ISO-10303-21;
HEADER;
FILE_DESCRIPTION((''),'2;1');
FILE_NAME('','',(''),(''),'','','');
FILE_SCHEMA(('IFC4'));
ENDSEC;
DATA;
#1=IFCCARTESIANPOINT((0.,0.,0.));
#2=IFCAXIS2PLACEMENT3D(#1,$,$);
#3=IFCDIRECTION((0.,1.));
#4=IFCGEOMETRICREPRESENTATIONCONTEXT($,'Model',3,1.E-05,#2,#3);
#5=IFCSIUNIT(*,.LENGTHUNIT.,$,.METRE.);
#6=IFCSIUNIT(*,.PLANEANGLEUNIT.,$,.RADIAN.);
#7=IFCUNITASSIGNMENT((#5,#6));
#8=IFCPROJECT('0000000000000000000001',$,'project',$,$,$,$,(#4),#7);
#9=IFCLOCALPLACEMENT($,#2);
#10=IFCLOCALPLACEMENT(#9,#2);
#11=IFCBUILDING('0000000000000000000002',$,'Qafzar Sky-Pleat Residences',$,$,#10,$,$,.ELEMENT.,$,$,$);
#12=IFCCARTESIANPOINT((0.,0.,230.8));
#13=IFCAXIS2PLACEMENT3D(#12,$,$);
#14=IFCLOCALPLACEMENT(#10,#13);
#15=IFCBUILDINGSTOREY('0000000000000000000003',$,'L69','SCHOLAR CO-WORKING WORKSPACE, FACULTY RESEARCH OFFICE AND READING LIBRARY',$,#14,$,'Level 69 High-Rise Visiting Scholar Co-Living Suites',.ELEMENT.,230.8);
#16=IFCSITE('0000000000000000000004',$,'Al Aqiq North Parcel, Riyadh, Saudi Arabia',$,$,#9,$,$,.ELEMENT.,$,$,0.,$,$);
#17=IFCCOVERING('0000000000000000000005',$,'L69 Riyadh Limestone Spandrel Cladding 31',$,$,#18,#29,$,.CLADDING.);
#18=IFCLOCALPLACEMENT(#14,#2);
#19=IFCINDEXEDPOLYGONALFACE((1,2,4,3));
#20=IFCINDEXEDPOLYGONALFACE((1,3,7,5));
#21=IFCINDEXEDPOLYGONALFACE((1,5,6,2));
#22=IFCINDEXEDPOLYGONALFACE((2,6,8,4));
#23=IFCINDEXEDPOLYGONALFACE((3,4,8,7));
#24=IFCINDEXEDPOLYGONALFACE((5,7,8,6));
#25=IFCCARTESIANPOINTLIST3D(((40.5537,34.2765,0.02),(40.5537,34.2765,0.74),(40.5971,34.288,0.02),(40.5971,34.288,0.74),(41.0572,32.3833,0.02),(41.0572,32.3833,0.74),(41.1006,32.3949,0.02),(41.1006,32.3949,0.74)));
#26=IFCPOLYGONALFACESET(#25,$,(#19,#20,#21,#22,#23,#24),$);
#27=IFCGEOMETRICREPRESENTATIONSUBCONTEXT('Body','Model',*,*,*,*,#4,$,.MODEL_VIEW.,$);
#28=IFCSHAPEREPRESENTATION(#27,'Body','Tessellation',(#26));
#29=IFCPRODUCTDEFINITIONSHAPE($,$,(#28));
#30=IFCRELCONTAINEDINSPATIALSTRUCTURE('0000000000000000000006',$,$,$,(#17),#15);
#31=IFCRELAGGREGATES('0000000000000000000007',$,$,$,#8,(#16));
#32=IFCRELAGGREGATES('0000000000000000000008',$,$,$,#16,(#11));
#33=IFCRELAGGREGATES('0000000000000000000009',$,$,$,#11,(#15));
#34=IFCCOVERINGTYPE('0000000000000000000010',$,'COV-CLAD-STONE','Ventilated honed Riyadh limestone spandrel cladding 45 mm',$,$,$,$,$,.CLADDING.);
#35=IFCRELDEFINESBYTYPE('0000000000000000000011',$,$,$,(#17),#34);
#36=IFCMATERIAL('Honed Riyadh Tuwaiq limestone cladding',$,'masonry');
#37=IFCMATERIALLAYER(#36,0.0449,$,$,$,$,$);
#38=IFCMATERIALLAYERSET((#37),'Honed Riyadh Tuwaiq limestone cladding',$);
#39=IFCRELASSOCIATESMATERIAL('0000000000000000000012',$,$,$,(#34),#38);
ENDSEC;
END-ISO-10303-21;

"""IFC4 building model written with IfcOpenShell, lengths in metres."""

from ifc_helpers import new_model, si_unit, direction, frame, origin, origin_2d, place, context, subcontext, project, spatial, rectangle, extrude, source, transform, mapped, material, layer, layer_set, type_object, element, save


model = new_model("IFC4")

# Units and contexts
model_context = context("Model", 3, precision=1e-05, world=origin(), true_north=direction((0.0, 1.0)))
body_context = subcontext(model_context, "Body", "Model", "MODEL_VIEW")
ifc_project = project(units=[si_unit("LENGTHUNIT", "METRE"), si_unit("PLANEANGLEUNIT", "RADIAN")], contexts=[model_context])

# Site, building, storey
site_placement = place(None, origin())
site = spatial("IfcSite", under=ifc_project, at=site_placement, Name="Al Aqiq North Parcel, Riyadh, Saudi Arabia", CompositionType="ELEMENT", RefElevation=0.0)
building_placement = place(site_placement, origin())
building = spatial("IfcBuilding", under=site, at=building_placement, Name="Qafzar Sky-Pleat Residences", CompositionType="ELEMENT")
storey_placement = place(building_placement, frame((0.0, 0.0, 230.8)))
storey = spatial("IfcBuildingStorey", under=building, at=storey_placement, Name="L69", Description="SCHOLAR CO-WORKING WORKSPACE, FACULTY RESEARCH OFFICE AND READING LIBRARY", LongName="Level 69 High-Rise Visiting Scholar Co-Living Suites", CompositionType="ELEMENT", Elevation=230.8)

# Covering
ifc_material_1 = material(Name="Honed Riyadh Tuwaiq limestone cladding", Category="masonry")
ifc_layer_1 = layer(ifc_material_1, 0.0449)
ifc_layer_set_1 = layer_set([ifc_layer_1], Name="Honed Riyadh Tuwaiq limestone cladding")
covering_type = type_object("IfcCoveringType", Name="COV-CLAD-STONE", Description="Ventilated honed Riyadh limestone spandrel cladding 45 mm", PredefinedType="CLADDING", material=ifc_layer_set_1)
shared_shape_1 = source(origin(), body_context, "Body", "SweptSolid", [
    extrude(rectangle(XDim=1.959, YDim=0.0449, at=origin_2d()), origin(), (0.0, 0.0, 1.0), 0.72),
])
covering_1_placement = place(storey_placement, frame((40.8271, 33.3357, 0.02), z_axis=(0.0, 0.0, 1.0), x_axis=(-0.257036, 0.966402, 0.0)))
element("IfcCovering", 1, at=covering_1_placement, inside=storey, type_object=covering_type, Name="L69 Riyadh Limestone Spandrel Cladding 31", PredefinedType="CLADDING", context=body_context, shape_type="MappedRepresentation", body=[
    mapped(shared_shape_1, transform((0.0, 0.0, 0.0), x_axis=(1.0, 0.0, 0.0), y_axis=(0.0, 1.0, 0.0), z_axis=(0.0, 0.0, 1.0), scale=1.0)),
])

save(model, "model.ifc")
